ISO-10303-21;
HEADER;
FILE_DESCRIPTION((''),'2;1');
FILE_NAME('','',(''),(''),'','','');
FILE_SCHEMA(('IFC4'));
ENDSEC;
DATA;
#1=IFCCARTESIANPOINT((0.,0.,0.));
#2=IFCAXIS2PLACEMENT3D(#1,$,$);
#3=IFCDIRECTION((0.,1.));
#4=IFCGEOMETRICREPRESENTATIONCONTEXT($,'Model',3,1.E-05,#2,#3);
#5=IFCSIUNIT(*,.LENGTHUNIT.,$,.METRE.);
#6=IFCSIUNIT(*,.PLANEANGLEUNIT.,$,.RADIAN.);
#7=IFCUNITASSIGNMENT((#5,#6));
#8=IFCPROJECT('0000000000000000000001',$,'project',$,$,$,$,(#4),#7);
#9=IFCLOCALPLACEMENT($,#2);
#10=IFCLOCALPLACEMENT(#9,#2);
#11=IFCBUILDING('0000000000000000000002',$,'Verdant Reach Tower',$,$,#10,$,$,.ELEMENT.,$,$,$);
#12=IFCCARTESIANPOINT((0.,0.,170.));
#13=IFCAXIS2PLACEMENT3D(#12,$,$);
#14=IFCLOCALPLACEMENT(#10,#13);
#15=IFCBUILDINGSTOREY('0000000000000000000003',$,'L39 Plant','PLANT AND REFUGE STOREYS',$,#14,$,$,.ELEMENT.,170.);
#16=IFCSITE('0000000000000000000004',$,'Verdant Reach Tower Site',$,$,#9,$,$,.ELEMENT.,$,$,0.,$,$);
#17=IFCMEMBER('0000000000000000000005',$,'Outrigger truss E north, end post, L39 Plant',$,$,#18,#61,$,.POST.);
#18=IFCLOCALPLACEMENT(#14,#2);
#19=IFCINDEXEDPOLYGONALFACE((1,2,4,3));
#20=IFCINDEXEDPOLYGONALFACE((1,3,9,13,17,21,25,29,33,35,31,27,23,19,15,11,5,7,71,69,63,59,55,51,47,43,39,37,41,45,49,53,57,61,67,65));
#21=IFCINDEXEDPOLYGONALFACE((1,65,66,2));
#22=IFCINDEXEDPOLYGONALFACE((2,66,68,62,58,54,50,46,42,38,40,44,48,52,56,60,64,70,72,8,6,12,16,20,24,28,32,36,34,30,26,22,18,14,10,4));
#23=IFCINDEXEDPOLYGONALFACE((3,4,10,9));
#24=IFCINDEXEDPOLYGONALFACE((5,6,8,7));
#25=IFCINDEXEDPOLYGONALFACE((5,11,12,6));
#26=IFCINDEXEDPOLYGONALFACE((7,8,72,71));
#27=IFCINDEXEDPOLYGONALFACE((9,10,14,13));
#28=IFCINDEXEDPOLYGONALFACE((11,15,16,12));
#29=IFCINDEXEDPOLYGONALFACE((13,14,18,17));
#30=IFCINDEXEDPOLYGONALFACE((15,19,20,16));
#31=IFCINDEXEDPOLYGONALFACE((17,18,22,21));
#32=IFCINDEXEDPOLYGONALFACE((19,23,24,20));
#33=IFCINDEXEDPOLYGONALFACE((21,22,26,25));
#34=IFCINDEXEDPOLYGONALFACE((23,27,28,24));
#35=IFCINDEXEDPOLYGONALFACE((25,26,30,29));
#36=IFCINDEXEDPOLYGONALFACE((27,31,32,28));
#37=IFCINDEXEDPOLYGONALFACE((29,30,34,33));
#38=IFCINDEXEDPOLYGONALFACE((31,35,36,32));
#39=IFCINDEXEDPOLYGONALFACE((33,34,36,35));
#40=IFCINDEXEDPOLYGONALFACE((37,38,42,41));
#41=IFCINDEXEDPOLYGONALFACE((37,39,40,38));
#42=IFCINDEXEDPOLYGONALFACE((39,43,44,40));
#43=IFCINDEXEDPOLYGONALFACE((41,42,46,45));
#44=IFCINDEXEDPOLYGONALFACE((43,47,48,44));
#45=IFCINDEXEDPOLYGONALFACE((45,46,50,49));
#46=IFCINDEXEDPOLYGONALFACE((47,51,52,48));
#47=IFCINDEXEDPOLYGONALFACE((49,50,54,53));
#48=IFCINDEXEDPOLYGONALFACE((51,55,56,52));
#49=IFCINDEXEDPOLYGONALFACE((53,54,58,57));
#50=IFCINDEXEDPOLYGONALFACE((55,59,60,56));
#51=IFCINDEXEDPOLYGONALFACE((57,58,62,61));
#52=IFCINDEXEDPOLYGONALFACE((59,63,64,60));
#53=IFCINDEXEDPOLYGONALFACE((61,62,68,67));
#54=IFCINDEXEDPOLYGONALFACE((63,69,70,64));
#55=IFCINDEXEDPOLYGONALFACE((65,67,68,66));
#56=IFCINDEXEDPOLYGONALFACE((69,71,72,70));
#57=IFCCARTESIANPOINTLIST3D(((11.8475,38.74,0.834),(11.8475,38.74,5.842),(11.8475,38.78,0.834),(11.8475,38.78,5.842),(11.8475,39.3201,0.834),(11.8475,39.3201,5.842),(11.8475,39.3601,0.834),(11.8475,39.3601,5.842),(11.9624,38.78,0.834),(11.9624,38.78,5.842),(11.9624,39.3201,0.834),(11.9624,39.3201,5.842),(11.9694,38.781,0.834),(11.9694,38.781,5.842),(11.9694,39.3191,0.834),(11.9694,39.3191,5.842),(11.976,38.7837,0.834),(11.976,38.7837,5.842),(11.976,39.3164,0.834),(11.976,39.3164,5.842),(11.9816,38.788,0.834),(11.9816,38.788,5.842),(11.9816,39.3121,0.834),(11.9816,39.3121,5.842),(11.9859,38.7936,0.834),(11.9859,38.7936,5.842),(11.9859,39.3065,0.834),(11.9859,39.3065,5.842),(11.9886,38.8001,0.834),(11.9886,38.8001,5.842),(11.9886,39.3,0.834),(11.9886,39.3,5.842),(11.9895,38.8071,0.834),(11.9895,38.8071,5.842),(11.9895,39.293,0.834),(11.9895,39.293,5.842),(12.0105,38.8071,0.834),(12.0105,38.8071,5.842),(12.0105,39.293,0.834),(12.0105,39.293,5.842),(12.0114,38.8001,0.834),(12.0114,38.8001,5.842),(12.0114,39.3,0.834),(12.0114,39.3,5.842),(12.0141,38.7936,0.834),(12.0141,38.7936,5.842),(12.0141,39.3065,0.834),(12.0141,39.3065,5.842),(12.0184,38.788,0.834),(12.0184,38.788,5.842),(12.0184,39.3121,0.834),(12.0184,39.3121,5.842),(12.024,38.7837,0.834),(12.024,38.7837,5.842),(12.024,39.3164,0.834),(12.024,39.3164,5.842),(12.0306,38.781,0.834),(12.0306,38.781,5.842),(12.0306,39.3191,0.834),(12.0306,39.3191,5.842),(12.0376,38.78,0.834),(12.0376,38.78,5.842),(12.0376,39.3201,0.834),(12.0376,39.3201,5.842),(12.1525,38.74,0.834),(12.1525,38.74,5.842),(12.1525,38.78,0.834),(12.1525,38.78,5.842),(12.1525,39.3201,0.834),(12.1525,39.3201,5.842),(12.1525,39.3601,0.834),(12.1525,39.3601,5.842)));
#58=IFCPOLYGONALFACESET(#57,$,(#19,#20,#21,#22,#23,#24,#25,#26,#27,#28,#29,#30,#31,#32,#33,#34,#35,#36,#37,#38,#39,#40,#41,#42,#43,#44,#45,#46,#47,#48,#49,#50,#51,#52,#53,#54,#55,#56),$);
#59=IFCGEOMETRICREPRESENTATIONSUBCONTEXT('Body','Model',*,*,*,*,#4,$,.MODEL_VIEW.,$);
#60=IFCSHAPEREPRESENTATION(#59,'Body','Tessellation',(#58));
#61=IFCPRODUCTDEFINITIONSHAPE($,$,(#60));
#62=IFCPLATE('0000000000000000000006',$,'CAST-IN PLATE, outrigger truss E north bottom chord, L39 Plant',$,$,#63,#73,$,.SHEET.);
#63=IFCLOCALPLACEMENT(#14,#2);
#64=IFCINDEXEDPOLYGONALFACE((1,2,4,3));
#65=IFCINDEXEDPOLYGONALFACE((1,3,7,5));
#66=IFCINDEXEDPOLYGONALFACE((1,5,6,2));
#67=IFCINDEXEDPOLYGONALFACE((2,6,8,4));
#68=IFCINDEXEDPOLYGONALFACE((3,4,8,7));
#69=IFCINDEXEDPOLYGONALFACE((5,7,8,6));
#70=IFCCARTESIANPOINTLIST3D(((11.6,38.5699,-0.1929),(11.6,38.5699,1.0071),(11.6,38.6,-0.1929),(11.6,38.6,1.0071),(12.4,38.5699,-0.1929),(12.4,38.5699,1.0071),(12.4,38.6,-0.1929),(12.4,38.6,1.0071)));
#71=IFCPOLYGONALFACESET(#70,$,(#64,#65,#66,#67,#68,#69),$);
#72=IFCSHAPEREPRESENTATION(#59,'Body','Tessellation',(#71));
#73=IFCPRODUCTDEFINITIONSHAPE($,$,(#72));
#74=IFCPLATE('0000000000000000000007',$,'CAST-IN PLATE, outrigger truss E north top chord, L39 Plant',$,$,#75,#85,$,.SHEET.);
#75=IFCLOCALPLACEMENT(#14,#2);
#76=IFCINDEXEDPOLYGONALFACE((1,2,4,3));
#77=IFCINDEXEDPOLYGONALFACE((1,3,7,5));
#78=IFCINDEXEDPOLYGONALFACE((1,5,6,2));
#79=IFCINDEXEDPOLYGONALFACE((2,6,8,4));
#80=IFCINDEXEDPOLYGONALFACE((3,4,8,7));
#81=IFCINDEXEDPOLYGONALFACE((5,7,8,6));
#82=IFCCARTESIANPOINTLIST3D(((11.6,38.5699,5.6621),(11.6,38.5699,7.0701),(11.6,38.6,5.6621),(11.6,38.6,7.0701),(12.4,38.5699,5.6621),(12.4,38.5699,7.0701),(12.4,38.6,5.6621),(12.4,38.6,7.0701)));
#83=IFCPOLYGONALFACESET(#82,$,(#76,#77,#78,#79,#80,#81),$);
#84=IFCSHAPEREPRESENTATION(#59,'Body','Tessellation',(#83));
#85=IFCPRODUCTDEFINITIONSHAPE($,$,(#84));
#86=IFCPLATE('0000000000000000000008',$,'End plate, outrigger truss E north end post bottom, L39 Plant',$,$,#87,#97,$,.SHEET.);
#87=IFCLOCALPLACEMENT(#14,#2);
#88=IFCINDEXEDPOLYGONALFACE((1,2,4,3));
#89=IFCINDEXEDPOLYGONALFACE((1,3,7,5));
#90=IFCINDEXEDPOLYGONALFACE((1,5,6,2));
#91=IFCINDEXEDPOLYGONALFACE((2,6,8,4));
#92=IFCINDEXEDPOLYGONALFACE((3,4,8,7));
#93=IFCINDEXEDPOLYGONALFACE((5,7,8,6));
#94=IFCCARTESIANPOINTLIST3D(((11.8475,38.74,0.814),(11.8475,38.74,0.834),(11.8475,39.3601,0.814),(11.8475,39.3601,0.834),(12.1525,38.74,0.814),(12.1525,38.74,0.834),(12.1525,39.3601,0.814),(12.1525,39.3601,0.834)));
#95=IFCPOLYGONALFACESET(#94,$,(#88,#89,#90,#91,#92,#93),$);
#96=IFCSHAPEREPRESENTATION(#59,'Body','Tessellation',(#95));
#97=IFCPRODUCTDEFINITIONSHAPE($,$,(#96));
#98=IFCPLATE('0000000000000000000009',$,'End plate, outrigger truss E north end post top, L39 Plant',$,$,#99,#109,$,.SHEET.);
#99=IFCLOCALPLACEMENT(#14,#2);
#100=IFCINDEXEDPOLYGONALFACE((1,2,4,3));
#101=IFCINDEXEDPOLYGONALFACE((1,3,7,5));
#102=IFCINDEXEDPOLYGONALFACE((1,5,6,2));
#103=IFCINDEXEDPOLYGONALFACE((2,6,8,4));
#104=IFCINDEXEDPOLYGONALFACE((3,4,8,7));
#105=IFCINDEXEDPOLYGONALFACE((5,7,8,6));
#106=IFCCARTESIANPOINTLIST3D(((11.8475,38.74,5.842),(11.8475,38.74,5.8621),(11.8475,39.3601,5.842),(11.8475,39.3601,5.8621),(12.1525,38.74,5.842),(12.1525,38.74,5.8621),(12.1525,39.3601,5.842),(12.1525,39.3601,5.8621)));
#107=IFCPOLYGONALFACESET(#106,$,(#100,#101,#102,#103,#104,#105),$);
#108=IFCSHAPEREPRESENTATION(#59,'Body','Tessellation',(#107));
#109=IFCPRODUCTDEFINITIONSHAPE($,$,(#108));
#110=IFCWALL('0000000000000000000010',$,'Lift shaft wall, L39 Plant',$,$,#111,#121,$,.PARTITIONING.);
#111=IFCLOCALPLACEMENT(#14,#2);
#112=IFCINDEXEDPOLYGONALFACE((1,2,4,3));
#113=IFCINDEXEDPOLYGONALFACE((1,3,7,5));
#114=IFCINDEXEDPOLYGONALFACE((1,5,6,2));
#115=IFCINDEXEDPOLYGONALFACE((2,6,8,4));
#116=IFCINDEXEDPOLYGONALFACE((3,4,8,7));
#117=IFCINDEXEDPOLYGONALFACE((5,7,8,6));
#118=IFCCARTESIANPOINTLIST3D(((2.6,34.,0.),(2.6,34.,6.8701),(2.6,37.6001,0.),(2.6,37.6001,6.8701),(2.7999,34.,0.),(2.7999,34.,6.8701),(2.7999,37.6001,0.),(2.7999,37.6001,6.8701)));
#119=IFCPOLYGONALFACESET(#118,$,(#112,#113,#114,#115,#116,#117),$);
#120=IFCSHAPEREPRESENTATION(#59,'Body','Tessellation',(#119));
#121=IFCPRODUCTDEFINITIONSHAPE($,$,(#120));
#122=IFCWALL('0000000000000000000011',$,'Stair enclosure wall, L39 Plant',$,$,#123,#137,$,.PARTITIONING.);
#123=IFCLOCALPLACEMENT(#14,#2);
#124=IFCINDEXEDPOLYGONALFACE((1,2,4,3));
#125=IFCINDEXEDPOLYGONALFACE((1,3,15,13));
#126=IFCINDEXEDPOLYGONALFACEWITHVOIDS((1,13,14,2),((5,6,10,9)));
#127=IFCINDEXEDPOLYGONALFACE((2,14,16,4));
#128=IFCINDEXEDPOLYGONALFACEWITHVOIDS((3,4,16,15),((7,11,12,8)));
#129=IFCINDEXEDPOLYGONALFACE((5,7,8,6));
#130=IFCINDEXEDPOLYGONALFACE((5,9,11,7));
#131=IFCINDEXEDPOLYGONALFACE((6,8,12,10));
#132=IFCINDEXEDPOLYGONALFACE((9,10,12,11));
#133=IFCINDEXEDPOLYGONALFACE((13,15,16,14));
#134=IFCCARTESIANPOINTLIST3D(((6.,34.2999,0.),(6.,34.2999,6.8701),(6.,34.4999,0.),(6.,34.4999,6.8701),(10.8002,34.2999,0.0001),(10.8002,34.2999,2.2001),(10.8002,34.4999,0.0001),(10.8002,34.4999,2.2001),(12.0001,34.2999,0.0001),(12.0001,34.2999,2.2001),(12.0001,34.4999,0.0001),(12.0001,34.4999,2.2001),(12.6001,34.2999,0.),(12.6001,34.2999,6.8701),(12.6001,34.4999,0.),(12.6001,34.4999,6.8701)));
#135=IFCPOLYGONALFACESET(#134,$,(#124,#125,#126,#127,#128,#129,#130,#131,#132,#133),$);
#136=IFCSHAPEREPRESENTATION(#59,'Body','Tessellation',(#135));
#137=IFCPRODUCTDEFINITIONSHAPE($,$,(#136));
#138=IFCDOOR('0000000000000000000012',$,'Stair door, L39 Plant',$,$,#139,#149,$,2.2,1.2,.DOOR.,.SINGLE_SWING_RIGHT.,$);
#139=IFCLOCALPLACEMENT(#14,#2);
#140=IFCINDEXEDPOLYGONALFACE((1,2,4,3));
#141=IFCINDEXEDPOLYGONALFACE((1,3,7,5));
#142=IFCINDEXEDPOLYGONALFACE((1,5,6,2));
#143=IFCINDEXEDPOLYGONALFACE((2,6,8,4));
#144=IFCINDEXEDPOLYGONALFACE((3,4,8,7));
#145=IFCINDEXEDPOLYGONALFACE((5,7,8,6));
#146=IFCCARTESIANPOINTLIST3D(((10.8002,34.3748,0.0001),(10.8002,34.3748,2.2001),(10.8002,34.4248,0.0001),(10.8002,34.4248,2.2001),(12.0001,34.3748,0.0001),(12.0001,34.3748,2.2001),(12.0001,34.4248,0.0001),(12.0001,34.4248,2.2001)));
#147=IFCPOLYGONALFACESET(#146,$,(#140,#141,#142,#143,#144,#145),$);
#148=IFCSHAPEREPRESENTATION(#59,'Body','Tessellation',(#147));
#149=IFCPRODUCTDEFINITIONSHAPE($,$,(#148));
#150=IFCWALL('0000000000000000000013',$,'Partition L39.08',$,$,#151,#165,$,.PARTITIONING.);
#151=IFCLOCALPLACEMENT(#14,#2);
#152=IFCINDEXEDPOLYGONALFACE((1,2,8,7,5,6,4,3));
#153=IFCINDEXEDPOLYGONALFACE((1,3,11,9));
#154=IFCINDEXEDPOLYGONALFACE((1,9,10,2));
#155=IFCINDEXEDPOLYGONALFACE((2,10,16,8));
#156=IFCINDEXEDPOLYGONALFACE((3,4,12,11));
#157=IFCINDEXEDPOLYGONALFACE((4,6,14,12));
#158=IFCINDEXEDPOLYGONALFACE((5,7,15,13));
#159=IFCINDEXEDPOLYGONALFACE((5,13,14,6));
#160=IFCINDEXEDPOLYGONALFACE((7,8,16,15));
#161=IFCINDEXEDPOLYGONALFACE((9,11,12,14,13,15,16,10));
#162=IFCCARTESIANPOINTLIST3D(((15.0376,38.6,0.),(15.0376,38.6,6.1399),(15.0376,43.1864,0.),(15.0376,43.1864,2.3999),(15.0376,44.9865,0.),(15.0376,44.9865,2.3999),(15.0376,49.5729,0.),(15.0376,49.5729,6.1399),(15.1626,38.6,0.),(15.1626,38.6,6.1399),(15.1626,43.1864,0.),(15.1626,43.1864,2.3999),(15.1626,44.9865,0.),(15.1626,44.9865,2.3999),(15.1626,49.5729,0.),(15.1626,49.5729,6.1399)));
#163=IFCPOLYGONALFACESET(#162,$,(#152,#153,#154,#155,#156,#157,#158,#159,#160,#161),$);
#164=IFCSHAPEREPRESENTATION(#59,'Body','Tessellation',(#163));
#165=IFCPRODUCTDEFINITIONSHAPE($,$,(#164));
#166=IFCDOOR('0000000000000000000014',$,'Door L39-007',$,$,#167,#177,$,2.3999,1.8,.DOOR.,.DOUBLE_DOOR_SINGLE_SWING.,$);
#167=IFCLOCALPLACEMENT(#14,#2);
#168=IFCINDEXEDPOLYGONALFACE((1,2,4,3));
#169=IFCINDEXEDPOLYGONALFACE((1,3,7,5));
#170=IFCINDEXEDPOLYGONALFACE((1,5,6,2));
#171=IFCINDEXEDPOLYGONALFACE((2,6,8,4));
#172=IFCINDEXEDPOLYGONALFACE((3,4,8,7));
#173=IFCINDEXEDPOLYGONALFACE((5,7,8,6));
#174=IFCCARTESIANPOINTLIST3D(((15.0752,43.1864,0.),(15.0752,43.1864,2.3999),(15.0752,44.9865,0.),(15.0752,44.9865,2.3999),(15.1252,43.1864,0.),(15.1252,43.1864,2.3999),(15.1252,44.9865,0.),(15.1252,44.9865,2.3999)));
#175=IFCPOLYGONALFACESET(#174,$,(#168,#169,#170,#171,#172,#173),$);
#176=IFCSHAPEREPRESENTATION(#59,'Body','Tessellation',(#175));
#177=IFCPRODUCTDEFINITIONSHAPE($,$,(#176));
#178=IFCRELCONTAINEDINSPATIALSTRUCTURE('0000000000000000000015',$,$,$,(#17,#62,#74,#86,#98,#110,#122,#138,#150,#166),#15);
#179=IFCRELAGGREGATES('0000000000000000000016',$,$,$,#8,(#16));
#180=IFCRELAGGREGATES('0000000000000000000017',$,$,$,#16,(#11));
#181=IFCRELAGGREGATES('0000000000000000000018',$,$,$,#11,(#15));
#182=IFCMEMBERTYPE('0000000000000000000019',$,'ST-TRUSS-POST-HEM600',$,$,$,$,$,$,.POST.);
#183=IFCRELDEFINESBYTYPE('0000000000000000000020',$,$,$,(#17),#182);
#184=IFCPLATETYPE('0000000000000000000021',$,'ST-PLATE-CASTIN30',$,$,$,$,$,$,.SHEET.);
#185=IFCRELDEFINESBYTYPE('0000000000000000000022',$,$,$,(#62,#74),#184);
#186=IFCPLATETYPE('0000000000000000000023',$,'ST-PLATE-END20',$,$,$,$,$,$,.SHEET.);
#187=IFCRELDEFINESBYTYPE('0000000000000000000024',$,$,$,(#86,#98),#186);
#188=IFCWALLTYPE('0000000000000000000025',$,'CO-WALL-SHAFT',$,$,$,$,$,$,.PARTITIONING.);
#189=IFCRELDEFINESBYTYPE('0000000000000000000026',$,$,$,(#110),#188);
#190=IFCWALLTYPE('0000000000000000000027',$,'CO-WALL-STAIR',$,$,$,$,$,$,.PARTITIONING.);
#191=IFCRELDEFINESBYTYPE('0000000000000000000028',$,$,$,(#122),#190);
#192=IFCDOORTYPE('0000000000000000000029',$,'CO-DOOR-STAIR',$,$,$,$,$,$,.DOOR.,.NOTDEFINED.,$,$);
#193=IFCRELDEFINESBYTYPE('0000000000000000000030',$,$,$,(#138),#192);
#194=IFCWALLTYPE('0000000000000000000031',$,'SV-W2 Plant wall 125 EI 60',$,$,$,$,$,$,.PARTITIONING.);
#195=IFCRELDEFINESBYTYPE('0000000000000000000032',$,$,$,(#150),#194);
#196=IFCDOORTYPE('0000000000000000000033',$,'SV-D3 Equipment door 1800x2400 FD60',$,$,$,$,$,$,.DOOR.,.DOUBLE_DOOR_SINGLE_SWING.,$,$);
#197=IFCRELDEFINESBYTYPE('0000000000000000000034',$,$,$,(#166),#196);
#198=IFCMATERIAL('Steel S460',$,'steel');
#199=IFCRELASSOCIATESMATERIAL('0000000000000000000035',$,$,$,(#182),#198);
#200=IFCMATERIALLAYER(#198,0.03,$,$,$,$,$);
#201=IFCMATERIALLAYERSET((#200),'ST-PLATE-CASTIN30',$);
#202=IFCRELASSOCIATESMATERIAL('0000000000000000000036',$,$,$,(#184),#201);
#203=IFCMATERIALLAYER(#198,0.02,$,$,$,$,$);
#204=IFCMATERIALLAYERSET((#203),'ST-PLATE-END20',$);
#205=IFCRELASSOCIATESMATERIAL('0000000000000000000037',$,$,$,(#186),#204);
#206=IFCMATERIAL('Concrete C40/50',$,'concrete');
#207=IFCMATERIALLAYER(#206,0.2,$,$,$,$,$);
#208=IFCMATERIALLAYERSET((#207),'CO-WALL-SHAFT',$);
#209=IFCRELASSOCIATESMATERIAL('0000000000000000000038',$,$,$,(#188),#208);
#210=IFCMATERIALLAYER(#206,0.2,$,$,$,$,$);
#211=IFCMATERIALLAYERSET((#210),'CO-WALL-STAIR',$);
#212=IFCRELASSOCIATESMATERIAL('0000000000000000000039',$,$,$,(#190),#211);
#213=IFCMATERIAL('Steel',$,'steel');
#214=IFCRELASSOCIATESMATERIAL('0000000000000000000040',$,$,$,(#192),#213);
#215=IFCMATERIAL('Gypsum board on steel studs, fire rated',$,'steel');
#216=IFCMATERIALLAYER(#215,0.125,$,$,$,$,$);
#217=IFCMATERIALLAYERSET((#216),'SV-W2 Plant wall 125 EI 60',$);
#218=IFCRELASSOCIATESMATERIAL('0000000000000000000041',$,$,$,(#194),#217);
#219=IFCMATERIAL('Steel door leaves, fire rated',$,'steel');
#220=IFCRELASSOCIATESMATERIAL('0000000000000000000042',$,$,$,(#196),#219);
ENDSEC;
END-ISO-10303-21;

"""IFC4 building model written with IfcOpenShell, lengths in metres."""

from ifc_helpers import new_model, si_unit, direction, frame, frame_2d, origin, origin_2d, place, context, subcontext, project, spatial, rectangle, i_section, extrude, material, layer, layer_set, material_profile, profile_set, type_object, element, fill, save


model = new_model("IFC4")

# Units and contexts
model_context = context("Model", 3, precision=1e-05, world=origin(), true_north=direction((0.0, 1.0)))
body_context = subcontext(model_context, "Body", "Model", "MODEL_VIEW")
ifc_project = project(units=[si_unit("LENGTHUNIT", "METRE"), si_unit("PLANEANGLEUNIT", "RADIAN")], contexts=[model_context])

# Site, building, storey
site_placement = place(None, origin())
site = spatial("IfcSite", under=ifc_project, at=site_placement, Name="Verdant Reach Tower Site", CompositionType="ELEMENT", RefElevation=0.0)
building_placement = place(site_placement, origin())
building = spatial("IfcBuilding", under=site, at=building_placement, Name="Verdant Reach Tower", CompositionType="ELEMENT")
storey_placement = place(building_placement, frame((0.0, 0.0, 170.0)))
storey = spatial("IfcBuildingStorey", under=building, at=storey_placement, Name="L39 Plant", Description="PLANT AND REFUGE STOREYS", CompositionType="ELEMENT", Elevation=170.0)

# Shared definitions
ifc_material_1 = material(Name="Steel S460", Category="steel")

# Member
ifc_material_profile_1 = material_profile(ifc_material_1, i_section(OverallWidth=0.3049, OverallDepth=0.6201, WebThickness=0.021, FlangeThickness=0.04, FilletRadius=0.0271, at=origin_2d()), Name="HEM 600")
ifc_profile_set_1 = profile_set([ifc_material_profile_1], Name="Steel S460")
member_type_1 = type_object("IfcMemberType", Name="ST-TRUSS-POST-HEM600", PredefinedType="POST", material=ifc_profile_set_1)
member_1_placement = place(storey_placement, frame((12.0, 39.05, 0.834), z_axis=(0.0, 0.0, 1.0), x_axis=(1.0, 0.0, 0.0)))
element("IfcMember", 1, at=member_1_placement, inside=storey, type_object=member_type_1, Name="Outrigger truss E north, end post, L39 Plant", PredefinedType="POST", context=body_context, shape_type="SweptSolid", body=[
    extrude(i_section(OverallWidth=0.3049, OverallDepth=0.6201, WebThickness=0.021, FlangeThickness=0.04, FilletRadius=0.0271, at=origin_2d()), origin(), (0.0, 0.0, 1.0), 5.0081),
])

# Plates
ifc_layer_1 = layer(ifc_material_1, 0.03)
ifc_layer_set_1 = layer_set([ifc_layer_1], Name="ST-PLATE-CASTIN30")
plate_type_1 = type_object("IfcPlateType", Name="ST-PLATE-CASTIN30", PredefinedType="SHEET", material=ifc_layer_set_1)
plate_1_placement = place(storey_placement, frame((12.0, 38.585, -0.1929), z_axis=(0.0, 0.0, 1.0), x_axis=(1.0, 0.0, 0.0)))
element("IfcPlate", 2, at=plate_1_placement, inside=storey, type_object=plate_type_1, Name="CAST-IN PLATE, outrigger truss E north bottom chord, L39 Plant", PredefinedType="SHEET", context=body_context, shape_type="SweptSolid", body=[
    extrude(rectangle(XDim=0.8, YDim=0.03, at=origin_2d()), origin(), (0.0, 0.0, 1.0), 1.2),
])
plate_2_placement = place(storey_placement, frame((12.0, 38.585, 5.6621), z_axis=(0.0, 0.0, 1.0), x_axis=(1.0, 0.0, 0.0)))
element("IfcPlate", 3, at=plate_2_placement, inside=storey, type_object=plate_type_1, Name="CAST-IN PLATE, outrigger truss E north top chord, L39 Plant", PredefinedType="SHEET", context=body_context, shape_type="SweptSolid", body=[
    extrude(rectangle(XDim=0.8, YDim=0.03, at=origin_2d()), origin(), (0.0, 0.0, 1.0), 1.408),
])
ifc_layer_2 = layer(ifc_material_1, 0.02)
ifc_layer_set_2 = layer_set([ifc_layer_2], Name="ST-PLATE-END20")
plate_type_2 = type_object("IfcPlateType", Name="ST-PLATE-END20", PredefinedType="SHEET", material=ifc_layer_set_2)
for number, where, z_axis, x_axis, name in (
    (4, (12.0, 39.05, 0.814), (0.0, 0.0, 1.0), (1.0, 0.0, 0.0), "End plate, outrigger truss E north end post bottom, L39 Plant"),
    (5, (12.0, 39.05, 5.842), (0.0, 0.0, 1.0), (1.0, 0.0, 0.0), "End plate, outrigger truss E north end post top, L39 Plant"),
):
    element("IfcPlate", number, at=place(storey_placement, frame(where, z_axis=z_axis, x_axis=x_axis)), inside=storey, type_object=plate_type_2, Name=name, PredefinedType="SHEET", context=body_context, shape_type="SweptSolid", body=[
        extrude(rectangle(XDim=0.3049, YDim=0.6201, at=origin_2d()), origin(), (0.0, 0.0, 1.0), 0.02),
    ])

# Wall
ifc_material_2 = material(Name="Concrete C40/50", Category="concrete")
ifc_layer_3 = layer(ifc_material_2, 0.2)
ifc_layer_set_3 = layer_set([ifc_layer_3], Name="CO-WALL-SHAFT")
wall_type_1 = type_object("IfcWallType", Name="CO-WALL-SHAFT", PredefinedType="PARTITIONING", material=ifc_layer_set_3)
wall_1_placement = place(storey_placement, frame((2.7, 34.0, 0.0), z_axis=(0.0, 0.0, 1.0), x_axis=(0.0, 1.0, 0.0)))
element("IfcWall", 6, at=wall_1_placement, inside=storey, type_object=wall_type_1, Name="Lift shaft wall, L39 Plant", PredefinedType="PARTITIONING", context=body_context, shape_type="SweptSolid", body=[
    extrude(rectangle(XDim=3.6001, YDim=0.2, at=frame_2d((1.8, 0.0))), origin(), (0.0, 0.0, 1.0), 6.8701),
])

# Walls, openings, doors
ifc_layer_4 = layer(ifc_material_2, 0.2)
ifc_layer_set_4 = layer_set([ifc_layer_4], Name="CO-WALL-STAIR")
wall_type_2 = type_object("IfcWallType", Name="CO-WALL-STAIR", PredefinedType="PARTITIONING", material=ifc_layer_set_4)
wall_2_placement = place(storey_placement, frame((6.0, 34.3999, 0.0), z_axis=(0.0, 0.0, 1.0), x_axis=(1.0, 0.0, 0.0)))
wall_2 = element("IfcWall", 7, at=wall_2_placement, inside=storey, type_object=wall_type_2, Name="Stair enclosure wall, L39 Plant", PredefinedType="PARTITIONING", context=body_context, shape_type="SweptSolid", body=[
    extrude(rectangle(XDim=6.6001, YDim=0.2, at=frame_2d((3.3, 0.0))), origin(), (0.0, 0.0, 1.0), 6.8701),
])
opening_1_placement = place(wall_2_placement, frame((4.8, 0.0, 0.0)))
opening_1 = element("IfcOpeningElement", 8, at=opening_1_placement, cuts=wall_2, PredefinedType="OPENING", context=body_context, shape_type="SweptSolid", body=[
    extrude(rectangle(XDim=1.2, YDim=2.2, at=frame_2d((0.6001, 1.1001))), frame((0.0, 0.1099, 0.0), z_axis=(0.0, -1.0, 0.0), x_axis=(1.0, 0.0, 0.0)), (0.0, 0.0, 1.0), 0.22),
])
ifc_material_3 = material(Name="Steel", Category="steel")
door_type_1 = type_object("IfcDoorType", Name="CO-DOOR-STAIR", OperationType="NOTDEFINED", PredefinedType="DOOR", material=ifc_material_3)
door_1_placement = place(opening_1_placement, origin())
door_1 = element("IfcDoor", 9, at=door_1_placement, inside=storey, type_object=door_type_1, Name="Stair door, L39 Plant", OperationType="SINGLE_SWING_RIGHT", OverallHeight=2.2, OverallWidth=1.2, PredefinedType="DOOR", context=body_context, shape_type="SweptSolid", body=[
    extrude(rectangle(XDim=1.2, YDim=2.2, at=frame_2d((0.6001, 1.1001))), frame((0.0, 0.0249, 0.0), z_axis=(0.0, -1.0, 0.0), x_axis=(1.0, 0.0, 0.0)), (0.0, 0.0, 1.0), 0.05),
])
fill(opening_1, door_1)
ifc_material_4 = material(Name="Gypsum board on steel studs, fire rated", Category="steel")
ifc_layer_5 = layer(ifc_material_4, 0.125)
ifc_layer_set_5 = layer_set([ifc_layer_5], Name="SV-W2 Plant wall 125 EI 60")
wall_type_3 = type_object("IfcWallType", Name="SV-W2 Plant wall 125 EI 60", PredefinedType="PARTITIONING", material=ifc_layer_set_5)
wall_3_placement = place(storey_placement, frame((15.1001, 38.6001, 0.0), z_axis=(0.0, 0.0, 1.0), x_axis=(0.0, 1.0, 0.0)))
wall_3 = element("IfcWall", 10, at=wall_3_placement, inside=storey, type_object=wall_type_3, Name="Partition L39.08", PredefinedType="PARTITIONING", context=body_context, shape_type="SweptSolid", body=[
    extrude(rectangle(XDim=10.9729, YDim=0.125, at=frame_2d((5.4863, 0.0))), origin(), (0.0, 0.0, 1.0), 6.1399),
])
opening_2_placement = place(wall_3_placement, frame((4.5864, 0.0, 0.0)))
opening_2 = element("IfcOpeningElement", 11, at=opening_2_placement, cuts=wall_3, PredefinedType="OPENING", context=body_context, shape_type="SweptSolid", body=[
    extrude(rectangle(XDim=1.8, YDim=2.3999, at=frame_2d((0.8999, 1.2))), frame((0.0, 0.0725, 0.0), z_axis=(0.0, -1.0, 0.0), x_axis=(1.0, 0.0, 0.0)), (0.0, 0.0, 1.0), 0.145),
])
ifc_material_5 = material(Name="Steel door leaves, fire rated", Category="steel")
door_type_2 = type_object("IfcDoorType", Name="SV-D3 Equipment door 1800x2400 FD60", OperationType="DOUBLE_DOOR_SINGLE_SWING", PredefinedType="DOOR", material=ifc_material_5)
door_2_placement = place(opening_2_placement, origin())
door_2 = element("IfcDoor", 12, at=door_2_placement, inside=storey, type_object=door_type_2, Name="Door L39-007", OperationType="DOUBLE_DOOR_SINGLE_SWING", OverallHeight=2.3999, OverallWidth=1.8, PredefinedType="DOOR", context=body_context, shape_type="SweptSolid", body=[
    extrude(rectangle(XDim=1.8, YDim=2.3999, at=frame_2d((0.8999, 1.2))), frame((0.0, 0.0249, 0.0), z_axis=(0.0, -1.0, 0.0), x_axis=(1.0, 0.0, 0.0)), (0.0, 0.0, 1.0), 0.05),
])
fill(opening_2, door_2)

save(model, "model.ifc")
